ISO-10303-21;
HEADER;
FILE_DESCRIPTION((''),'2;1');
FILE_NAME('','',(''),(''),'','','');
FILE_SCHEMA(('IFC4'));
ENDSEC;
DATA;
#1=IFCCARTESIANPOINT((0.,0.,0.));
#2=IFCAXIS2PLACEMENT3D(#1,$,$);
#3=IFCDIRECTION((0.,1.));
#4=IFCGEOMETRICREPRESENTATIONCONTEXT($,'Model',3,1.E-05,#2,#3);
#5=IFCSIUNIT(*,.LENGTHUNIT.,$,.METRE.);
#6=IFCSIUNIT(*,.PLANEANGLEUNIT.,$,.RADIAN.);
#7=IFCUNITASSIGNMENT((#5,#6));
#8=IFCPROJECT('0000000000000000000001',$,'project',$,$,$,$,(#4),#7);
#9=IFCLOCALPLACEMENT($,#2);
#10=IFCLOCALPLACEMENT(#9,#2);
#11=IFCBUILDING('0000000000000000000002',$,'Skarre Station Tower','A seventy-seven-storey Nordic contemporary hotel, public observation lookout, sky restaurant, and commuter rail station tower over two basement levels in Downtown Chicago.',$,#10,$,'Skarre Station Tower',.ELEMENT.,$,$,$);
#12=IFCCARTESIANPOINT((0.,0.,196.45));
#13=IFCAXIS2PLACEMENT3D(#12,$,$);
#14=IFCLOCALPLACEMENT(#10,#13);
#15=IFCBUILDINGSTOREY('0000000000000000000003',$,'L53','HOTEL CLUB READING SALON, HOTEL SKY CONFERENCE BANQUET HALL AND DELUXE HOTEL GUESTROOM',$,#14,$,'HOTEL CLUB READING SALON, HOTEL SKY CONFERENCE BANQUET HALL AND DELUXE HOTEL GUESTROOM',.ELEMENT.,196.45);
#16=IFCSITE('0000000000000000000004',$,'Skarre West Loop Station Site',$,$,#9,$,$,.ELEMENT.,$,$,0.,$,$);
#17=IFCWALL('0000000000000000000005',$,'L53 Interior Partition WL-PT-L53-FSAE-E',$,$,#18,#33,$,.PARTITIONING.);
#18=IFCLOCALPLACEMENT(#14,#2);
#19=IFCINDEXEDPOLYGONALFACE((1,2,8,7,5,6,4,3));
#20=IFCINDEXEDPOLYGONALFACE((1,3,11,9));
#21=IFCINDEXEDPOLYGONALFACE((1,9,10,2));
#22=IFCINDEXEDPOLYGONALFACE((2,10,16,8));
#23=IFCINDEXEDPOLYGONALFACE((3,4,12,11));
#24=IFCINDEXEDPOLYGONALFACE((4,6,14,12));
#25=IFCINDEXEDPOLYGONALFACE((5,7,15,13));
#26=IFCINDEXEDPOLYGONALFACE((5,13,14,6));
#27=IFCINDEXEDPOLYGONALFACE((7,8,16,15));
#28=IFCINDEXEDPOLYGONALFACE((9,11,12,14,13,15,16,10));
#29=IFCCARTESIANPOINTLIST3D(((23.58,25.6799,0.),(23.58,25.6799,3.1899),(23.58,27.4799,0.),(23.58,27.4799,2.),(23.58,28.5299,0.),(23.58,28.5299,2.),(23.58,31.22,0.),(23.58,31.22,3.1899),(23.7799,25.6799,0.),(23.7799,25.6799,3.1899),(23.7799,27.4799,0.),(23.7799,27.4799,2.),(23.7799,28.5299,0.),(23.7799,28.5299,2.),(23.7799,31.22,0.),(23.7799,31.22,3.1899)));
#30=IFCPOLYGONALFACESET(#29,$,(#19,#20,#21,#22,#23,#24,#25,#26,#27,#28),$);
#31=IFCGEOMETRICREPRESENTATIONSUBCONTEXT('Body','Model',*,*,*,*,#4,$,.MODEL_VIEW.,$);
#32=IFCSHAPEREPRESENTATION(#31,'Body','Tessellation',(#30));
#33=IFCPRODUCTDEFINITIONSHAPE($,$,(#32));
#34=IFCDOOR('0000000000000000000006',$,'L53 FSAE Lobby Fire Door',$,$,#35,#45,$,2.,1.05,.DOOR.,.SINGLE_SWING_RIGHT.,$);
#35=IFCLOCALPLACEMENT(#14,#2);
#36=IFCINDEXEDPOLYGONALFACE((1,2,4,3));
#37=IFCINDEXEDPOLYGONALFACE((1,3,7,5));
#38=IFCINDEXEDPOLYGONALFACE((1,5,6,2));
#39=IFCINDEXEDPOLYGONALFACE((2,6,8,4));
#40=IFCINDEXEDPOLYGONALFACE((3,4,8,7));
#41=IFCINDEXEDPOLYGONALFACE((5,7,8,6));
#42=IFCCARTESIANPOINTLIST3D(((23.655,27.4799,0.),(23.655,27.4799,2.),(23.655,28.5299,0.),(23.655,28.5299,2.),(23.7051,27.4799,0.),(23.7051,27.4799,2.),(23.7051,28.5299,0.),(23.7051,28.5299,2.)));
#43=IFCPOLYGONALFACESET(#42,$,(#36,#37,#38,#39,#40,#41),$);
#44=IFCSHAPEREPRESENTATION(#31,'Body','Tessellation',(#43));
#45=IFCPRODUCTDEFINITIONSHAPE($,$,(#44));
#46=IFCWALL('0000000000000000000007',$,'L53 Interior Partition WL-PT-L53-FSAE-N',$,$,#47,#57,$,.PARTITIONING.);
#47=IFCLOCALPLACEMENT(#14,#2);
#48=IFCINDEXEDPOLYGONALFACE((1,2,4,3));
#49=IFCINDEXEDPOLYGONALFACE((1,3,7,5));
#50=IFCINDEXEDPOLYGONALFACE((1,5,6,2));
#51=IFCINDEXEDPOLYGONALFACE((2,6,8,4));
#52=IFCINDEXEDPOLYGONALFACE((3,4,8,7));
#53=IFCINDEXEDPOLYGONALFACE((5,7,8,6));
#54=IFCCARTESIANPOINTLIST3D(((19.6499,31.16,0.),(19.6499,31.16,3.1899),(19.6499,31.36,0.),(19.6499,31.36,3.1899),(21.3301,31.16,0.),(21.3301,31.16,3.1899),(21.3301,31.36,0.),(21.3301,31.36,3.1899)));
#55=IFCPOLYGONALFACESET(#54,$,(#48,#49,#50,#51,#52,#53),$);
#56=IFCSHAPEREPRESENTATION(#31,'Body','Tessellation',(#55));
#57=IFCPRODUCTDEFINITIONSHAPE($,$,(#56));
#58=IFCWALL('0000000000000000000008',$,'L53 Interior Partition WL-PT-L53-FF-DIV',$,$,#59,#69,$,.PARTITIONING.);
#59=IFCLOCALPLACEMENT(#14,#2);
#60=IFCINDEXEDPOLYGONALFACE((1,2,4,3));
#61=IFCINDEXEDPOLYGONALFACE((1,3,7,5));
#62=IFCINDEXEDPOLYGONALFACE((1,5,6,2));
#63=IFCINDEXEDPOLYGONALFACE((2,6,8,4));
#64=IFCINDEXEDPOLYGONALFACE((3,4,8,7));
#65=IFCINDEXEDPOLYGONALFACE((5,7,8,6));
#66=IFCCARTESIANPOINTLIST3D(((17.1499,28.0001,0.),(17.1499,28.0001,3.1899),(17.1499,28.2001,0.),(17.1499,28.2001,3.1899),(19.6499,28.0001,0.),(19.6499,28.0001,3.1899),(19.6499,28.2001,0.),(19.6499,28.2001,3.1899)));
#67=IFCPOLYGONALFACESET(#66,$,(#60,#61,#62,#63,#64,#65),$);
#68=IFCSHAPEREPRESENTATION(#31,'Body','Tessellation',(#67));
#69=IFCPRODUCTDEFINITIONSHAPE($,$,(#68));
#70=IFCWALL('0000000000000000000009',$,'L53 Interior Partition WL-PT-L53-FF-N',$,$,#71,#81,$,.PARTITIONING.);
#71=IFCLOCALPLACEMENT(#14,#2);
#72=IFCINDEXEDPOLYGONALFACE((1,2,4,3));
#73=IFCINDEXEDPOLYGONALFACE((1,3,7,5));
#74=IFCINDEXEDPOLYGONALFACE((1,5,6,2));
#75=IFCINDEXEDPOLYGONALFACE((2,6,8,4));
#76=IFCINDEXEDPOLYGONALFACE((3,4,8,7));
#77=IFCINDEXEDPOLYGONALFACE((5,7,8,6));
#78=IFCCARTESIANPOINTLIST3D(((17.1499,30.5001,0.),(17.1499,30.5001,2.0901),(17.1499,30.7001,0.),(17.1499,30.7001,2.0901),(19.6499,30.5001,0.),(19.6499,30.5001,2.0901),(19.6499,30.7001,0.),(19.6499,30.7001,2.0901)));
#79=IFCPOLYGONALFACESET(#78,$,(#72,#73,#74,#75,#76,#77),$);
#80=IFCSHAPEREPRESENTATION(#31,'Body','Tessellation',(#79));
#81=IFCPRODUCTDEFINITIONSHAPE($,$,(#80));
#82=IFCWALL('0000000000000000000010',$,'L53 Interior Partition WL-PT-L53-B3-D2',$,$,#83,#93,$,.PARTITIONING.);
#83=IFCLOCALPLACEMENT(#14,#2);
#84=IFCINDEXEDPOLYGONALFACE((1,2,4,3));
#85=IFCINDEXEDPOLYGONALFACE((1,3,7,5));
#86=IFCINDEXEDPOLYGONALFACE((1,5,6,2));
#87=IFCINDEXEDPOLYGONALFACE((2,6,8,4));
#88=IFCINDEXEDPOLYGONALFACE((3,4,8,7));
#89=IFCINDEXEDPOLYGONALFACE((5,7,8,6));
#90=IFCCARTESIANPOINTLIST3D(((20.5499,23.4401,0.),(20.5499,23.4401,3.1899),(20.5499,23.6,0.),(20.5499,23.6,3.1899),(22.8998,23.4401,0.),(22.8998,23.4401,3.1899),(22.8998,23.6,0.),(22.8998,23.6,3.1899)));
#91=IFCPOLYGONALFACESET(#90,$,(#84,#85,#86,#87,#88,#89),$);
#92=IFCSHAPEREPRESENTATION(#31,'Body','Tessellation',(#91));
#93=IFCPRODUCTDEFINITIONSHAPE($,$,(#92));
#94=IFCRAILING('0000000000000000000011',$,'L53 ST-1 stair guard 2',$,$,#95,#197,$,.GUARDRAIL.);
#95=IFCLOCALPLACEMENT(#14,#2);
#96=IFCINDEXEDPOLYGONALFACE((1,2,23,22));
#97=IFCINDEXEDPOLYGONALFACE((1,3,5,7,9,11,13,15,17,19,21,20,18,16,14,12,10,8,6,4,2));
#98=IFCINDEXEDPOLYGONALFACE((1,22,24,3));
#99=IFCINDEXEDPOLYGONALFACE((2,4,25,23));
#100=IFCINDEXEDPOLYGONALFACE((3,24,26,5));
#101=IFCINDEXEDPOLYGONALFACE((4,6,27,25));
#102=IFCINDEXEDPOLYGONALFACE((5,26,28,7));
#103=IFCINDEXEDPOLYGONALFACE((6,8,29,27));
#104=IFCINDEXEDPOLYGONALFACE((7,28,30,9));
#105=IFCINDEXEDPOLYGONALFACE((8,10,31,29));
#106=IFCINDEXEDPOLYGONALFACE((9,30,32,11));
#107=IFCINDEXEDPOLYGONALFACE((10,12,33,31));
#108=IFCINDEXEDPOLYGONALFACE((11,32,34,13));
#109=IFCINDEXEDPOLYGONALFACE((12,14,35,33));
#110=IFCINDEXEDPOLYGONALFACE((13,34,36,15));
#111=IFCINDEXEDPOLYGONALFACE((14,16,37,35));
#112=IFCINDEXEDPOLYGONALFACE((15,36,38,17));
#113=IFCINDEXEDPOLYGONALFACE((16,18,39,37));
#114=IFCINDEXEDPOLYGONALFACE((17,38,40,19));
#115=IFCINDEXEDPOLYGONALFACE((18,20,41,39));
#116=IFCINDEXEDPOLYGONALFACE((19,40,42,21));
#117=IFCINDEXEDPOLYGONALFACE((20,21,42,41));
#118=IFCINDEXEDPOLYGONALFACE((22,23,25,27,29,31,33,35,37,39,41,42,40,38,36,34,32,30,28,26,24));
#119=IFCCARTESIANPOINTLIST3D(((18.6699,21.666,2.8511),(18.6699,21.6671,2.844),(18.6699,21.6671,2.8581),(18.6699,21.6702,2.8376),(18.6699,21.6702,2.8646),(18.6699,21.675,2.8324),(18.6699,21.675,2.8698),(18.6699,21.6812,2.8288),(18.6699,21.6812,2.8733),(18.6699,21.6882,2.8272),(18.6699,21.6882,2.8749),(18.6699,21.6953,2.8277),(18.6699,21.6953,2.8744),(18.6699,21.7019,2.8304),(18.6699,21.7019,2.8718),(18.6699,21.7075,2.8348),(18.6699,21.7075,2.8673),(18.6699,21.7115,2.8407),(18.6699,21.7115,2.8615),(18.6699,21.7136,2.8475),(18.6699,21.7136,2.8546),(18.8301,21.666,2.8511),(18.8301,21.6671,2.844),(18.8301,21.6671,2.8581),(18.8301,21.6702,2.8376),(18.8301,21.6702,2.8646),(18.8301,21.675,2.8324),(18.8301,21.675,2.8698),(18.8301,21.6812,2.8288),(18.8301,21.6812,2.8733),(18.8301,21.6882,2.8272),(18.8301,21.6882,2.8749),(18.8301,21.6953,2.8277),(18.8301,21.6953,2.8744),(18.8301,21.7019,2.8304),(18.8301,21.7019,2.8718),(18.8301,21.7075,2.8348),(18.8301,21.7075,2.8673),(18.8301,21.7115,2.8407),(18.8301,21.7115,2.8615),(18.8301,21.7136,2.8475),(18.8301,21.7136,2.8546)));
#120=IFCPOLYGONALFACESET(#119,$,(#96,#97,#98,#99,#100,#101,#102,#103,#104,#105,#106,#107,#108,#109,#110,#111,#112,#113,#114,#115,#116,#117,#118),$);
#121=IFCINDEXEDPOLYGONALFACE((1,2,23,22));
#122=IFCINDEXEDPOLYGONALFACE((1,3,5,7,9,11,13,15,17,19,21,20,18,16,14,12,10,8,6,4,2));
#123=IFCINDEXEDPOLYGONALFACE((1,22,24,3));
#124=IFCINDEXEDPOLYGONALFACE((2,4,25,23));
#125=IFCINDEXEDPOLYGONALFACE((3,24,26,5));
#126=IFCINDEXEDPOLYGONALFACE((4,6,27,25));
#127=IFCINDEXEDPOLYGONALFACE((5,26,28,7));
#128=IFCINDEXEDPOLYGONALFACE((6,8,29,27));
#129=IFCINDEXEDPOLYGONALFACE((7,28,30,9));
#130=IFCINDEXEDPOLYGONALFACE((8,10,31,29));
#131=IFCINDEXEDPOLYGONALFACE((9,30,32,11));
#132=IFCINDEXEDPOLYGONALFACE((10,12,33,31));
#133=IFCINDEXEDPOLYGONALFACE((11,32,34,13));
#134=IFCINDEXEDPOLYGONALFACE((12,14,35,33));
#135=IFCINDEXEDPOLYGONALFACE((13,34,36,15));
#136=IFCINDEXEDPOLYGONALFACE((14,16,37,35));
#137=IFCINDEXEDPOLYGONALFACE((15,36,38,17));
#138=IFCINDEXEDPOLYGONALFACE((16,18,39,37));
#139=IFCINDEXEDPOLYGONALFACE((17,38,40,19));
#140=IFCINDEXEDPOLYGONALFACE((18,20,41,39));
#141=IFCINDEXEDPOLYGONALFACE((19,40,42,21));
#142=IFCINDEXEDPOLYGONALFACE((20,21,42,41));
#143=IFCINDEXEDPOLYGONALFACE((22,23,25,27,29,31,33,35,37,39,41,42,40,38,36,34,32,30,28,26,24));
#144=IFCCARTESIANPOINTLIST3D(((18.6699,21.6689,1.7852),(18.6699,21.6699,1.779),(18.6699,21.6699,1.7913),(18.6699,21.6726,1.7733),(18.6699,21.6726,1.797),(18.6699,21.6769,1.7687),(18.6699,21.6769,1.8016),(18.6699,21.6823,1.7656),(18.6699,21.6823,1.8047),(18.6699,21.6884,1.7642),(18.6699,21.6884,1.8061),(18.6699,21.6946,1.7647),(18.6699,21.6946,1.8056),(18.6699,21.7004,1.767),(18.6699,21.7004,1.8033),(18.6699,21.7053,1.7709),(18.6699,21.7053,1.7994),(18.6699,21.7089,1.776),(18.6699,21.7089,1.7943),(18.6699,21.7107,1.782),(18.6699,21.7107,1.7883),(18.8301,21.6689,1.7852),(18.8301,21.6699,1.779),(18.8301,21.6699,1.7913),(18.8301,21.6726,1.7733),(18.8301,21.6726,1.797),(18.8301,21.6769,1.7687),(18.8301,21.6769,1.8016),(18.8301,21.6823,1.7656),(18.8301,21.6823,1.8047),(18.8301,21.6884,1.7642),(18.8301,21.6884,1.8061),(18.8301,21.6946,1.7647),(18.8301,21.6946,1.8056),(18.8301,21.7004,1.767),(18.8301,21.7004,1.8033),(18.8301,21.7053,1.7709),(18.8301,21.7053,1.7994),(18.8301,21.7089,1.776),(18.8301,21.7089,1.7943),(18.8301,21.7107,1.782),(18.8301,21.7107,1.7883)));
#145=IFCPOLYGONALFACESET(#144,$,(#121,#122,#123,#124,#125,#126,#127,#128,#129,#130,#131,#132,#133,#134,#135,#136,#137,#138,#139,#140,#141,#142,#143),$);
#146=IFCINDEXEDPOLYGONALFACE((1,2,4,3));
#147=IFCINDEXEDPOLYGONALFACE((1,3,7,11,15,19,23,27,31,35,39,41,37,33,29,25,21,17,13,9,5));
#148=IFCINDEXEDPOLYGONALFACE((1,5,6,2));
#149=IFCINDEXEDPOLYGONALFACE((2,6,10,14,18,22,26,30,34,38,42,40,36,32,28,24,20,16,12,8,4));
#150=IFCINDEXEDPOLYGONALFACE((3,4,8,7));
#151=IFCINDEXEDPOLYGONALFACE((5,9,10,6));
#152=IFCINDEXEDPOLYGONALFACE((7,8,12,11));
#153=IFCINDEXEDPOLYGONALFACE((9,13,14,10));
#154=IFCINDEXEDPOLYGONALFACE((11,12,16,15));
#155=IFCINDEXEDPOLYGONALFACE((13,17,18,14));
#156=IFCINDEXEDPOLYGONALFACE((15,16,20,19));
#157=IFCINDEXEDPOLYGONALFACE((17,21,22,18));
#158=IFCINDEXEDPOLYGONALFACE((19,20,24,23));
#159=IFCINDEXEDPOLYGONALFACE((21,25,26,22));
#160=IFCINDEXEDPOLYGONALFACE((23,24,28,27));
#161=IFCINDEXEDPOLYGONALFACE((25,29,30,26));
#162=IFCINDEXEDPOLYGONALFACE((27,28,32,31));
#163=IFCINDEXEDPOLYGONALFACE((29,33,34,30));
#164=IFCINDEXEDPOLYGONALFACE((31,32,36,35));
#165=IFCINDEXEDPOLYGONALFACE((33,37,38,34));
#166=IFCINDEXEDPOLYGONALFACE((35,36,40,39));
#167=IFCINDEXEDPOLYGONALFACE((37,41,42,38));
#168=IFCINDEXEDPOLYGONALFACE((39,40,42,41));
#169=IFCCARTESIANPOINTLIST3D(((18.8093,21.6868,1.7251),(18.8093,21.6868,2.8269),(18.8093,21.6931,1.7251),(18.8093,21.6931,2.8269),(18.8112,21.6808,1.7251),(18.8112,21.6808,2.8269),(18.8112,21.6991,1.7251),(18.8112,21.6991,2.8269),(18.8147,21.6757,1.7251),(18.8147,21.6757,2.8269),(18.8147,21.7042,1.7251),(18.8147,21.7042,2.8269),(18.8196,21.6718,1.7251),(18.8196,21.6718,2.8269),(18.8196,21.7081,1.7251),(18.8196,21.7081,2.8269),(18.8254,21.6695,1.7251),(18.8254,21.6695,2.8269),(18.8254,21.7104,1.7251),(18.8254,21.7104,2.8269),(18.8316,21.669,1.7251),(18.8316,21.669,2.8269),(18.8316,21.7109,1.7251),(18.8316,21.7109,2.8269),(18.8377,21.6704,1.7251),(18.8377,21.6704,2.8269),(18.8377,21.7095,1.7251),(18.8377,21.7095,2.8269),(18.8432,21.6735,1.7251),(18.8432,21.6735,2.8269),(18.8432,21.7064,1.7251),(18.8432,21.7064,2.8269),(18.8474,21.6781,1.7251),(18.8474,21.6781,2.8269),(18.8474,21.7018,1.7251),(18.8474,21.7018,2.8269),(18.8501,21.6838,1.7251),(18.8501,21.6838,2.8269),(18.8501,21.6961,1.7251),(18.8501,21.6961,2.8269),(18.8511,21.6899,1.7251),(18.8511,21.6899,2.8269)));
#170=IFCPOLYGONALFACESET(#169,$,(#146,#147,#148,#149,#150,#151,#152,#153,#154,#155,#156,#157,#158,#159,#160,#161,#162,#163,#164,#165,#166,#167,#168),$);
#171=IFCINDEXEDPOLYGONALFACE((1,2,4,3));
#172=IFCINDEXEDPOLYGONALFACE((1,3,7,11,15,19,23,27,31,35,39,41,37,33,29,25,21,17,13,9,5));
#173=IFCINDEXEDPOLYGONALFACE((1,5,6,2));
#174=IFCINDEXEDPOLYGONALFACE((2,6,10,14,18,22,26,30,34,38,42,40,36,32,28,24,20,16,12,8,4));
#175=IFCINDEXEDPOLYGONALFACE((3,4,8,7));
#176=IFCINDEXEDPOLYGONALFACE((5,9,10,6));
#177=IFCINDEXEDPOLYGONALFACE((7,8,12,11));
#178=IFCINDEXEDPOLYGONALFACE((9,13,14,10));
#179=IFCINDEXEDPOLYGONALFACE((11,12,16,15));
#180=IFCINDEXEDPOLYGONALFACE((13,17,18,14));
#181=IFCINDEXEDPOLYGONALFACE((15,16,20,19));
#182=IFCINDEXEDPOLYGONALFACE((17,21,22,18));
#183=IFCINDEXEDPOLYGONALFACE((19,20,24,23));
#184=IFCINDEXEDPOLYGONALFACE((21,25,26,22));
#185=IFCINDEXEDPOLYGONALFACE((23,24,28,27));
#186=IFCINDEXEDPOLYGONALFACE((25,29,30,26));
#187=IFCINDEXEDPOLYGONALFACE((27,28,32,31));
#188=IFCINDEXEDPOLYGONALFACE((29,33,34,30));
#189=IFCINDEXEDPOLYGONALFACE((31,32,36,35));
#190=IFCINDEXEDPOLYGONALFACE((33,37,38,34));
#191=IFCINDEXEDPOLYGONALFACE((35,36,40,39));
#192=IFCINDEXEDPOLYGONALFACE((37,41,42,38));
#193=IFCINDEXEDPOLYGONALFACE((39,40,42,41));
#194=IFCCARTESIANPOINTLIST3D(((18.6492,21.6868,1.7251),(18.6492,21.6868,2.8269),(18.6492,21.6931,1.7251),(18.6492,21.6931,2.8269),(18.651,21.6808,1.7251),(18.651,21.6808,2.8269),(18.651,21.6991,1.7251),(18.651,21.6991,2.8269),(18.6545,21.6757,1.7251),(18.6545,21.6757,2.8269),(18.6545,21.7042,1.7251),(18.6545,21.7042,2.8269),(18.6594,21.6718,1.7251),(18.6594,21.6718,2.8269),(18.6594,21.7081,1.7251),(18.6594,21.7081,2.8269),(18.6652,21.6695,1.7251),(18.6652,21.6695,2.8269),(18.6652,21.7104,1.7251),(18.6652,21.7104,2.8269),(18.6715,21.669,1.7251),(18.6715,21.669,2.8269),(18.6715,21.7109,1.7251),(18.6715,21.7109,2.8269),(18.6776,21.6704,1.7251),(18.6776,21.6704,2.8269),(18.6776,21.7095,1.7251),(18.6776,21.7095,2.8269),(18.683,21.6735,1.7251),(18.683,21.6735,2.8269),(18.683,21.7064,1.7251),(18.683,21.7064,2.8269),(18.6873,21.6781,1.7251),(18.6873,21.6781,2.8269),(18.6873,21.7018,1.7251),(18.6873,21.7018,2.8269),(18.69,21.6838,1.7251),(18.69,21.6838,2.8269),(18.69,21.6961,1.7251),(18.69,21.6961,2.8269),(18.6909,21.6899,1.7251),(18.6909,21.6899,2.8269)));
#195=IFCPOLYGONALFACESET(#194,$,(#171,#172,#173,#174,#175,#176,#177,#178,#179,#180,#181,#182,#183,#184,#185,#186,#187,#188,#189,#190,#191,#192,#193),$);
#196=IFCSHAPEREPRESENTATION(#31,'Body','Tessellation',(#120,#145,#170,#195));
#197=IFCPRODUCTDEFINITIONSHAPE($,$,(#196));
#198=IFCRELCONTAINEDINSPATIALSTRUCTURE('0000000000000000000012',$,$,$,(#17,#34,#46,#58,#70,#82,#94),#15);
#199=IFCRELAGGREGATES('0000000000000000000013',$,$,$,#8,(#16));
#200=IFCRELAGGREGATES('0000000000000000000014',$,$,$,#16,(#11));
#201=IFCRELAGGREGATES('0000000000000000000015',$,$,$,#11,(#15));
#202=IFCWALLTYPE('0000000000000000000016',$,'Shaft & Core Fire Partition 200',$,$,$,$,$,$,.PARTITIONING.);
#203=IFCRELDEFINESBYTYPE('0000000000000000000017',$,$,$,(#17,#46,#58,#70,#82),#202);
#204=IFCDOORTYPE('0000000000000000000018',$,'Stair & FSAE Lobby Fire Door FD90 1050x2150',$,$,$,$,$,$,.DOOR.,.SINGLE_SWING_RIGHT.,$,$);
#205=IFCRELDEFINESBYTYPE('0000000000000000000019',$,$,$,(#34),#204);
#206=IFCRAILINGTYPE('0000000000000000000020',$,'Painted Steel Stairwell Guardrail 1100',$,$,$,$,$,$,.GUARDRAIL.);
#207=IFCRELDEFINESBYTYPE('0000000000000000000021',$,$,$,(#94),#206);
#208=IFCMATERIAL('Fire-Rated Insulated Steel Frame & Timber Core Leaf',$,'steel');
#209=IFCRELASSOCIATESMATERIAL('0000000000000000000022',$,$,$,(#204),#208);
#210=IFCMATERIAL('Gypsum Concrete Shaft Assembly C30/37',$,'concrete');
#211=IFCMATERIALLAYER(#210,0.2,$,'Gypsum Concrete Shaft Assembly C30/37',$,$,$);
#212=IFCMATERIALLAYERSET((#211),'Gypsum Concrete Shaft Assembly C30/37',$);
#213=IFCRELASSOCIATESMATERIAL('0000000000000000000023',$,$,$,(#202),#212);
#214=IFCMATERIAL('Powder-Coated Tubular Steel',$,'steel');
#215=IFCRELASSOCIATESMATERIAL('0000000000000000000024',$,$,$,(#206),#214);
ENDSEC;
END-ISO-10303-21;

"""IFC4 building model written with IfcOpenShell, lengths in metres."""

from ifc_helpers import new_model, si_unit, direction, frame, frame_2d, origin, origin_2d, place, context, subcontext, project, spatial, rectangle, circle, extrude, material, layer, layer_set, type_object, element, fill, save


model = new_model("IFC4")

# Units and contexts
model_context = context("Model", 3, precision=1e-05, world=origin(), true_north=direction((0.0, 1.0)))
body_context = subcontext(model_context, "Body", "Model", "MODEL_VIEW")
ifc_project = project(units=[si_unit("LENGTHUNIT", "METRE"), si_unit("PLANEANGLEUNIT", "RADIAN")], contexts=[model_context])

# Site, building, storey
site_placement = place(None, origin())
site = spatial("IfcSite", under=ifc_project, at=site_placement, Name="Skarre West Loop Station Site", CompositionType="ELEMENT", RefElevation=0.0)
building_placement = place(site_placement, origin())
building = spatial("IfcBuilding", under=site, at=building_placement, Name="Skarre Station Tower", Description="A seventy-seven-storey Nordic contemporary hotel, public observation lookout, sky restaurant, and commuter rail station tower over two basement levels in Downtown Chicago.", LongName="Skarre Station Tower", CompositionType="ELEMENT")
storey_placement = place(building_placement, frame((0.0, 0.0, 196.45)))
storey = spatial("IfcBuildingStorey", under=building, at=storey_placement, Name="L53", Description="HOTEL CLUB READING SALON, HOTEL SKY CONFERENCE BANQUET HALL AND DELUXE HOTEL GUESTROOM", LongName="HOTEL CLUB READING SALON, HOTEL SKY CONFERENCE BANQUET HALL AND DELUXE HOTEL GUESTROOM", CompositionType="ELEMENT", Elevation=196.45)

# Shared definitions
ifc_material_1 = material(Name="Fire-Rated Insulated Steel Frame & Timber Core Leaf", Category="steel")
door_type_1 = type_object("IfcDoorType", Name="Stair & FSAE Lobby Fire Door FD90 1050x2150", OperationType="SINGLE_SWING_RIGHT", PredefinedType="DOOR", material=ifc_material_1)

# Shared definitions
ifc_material_2 = material(Name="Gypsum Concrete Shaft Assembly C30/37", Category="concrete")
ifc_layer_1 = layer(ifc_material_2, 0.2, Name="Gypsum Concrete Shaft Assembly C30/37")
ifc_layer_set_1 = layer_set([ifc_layer_1], Name="Gypsum Concrete Shaft Assembly C30/37")
wall_type_1 = type_object("IfcWallType", Name="Shaft & Core Fire Partition 200", PredefinedType="PARTITIONING", material=ifc_layer_set_1)

# Wall, opening, door
wall_1_placement = place(storey_placement, frame((23.6799, 25.6799, 0.0), z_axis=(0.0, 0.0, 1.0), x_axis=(0.0, 1.0, 0.0)))
wall_1 = element("IfcWall", 1, at=wall_1_placement, inside=storey, type_object=wall_type_1, Name="L53 Interior Partition WL-PT-L53-FSAE-E", PredefinedType="PARTITIONING", context=body_context, shape_type="SweptSolid", body=[
    extrude(rectangle(XDim=5.54, YDim=0.2, at=frame_2d((2.77, 0.0))), origin(), (0.0, 0.0, 1.0), 3.1899),
])
opening_1_placement = place(wall_1_placement, frame((1.8, 0.0, 0.0)))
opening_1 = element("IfcOpeningElement", 2, at=opening_1_placement, cuts=wall_1, PredefinedType="OPENING", context=body_context, shape_type="SweptSolid", body=[
    extrude(rectangle(XDim=1.05, YDim=2.0, at=frame_2d((0.5249, 1.0))), frame((0.0, 0.1099, 0.0), z_axis=(0.0, -1.0, 0.0), x_axis=(1.0, 0.0, 0.0)), (0.0, 0.0, 1.0), 0.22),
])
door_1_placement = place(opening_1_placement, origin())
door_1 = element("IfcDoor", 3, at=door_1_placement, inside=storey, type_object=door_type_1, Name="L53 FSAE Lobby Fire Door", OperationType="SINGLE_SWING_RIGHT", OverallHeight=2.0, OverallWidth=1.05, PredefinedType="DOOR", context=body_context, shape_type="SweptSolid", body=[
    extrude(rectangle(XDim=1.05, YDim=2.0, at=frame_2d((0.5249, 1.0))), frame((0.0, 0.0249, 0.0), z_axis=(0.0, -1.0, 0.0), x_axis=(1.0, 0.0, 0.0)), (0.0, 0.0, 1.0), 0.05),
])
fill(opening_1, door_1)

# Walls
wall_2_placement = place(storey_placement, frame((21.3301, 31.26, 0.0), z_axis=(0.0, 0.0, 1.0), x_axis=(-1.0, 0.0, 0.0)))
element("IfcWall", 4, at=wall_2_placement, inside=storey, type_object=wall_type_1, Name="L53 Interior Partition WL-PT-L53-FSAE-N", PredefinedType="PARTITIONING", context=body_context, shape_type="SweptSolid", body=[
    extrude(rectangle(XDim=1.6802, YDim=0.2, at=frame_2d((0.8401, 0.0))), origin(), (0.0, 0.0, 1.0), 3.1899),
])
wall_3_placement = place(storey_placement, frame((17.1499, 28.1001, 0.0), z_axis=(0.0, 0.0, 1.0), x_axis=(1.0, 0.0, 0.0)))
element("IfcWall", 5, at=wall_3_placement, inside=storey, type_object=wall_type_1, Name="L53 Interior Partition WL-PT-L53-FF-DIV", PredefinedType="PARTITIONING", context=body_context, shape_type="SweptSolid", body=[
    extrude(rectangle(XDim=2.5, YDim=0.2, at=frame_2d((1.25, 0.0))), origin(), (0.0, 0.0, 1.0), 3.1899),
])
wall_4_placement = place(storey_placement, frame((19.6499, 30.6001, 0.0), z_axis=(0.0, 0.0, 1.0), x_axis=(-1.0, 0.0, 0.0)))
element("IfcWall", 6, at=wall_4_placement, inside=storey, type_object=wall_type_1, Name="L53 Interior Partition WL-PT-L53-FF-N", PredefinedType="PARTITIONING", context=body_context, shape_type="SweptSolid", body=[
    extrude(rectangle(XDim=2.5, YDim=0.2, at=frame_2d((1.25, 0.0))), origin(), (0.0, 0.0, 1.0), 2.0901),
])
wall_5_placement = place(storey_placement, frame((20.55, 23.52, 0.0), z_axis=(0.0, 0.0, 1.0), x_axis=(1.0, 0.0, 0.0)))
element("IfcWall", 7, at=wall_5_placement, inside=storey, type_object=wall_type_1, Name="L53 Interior Partition WL-PT-L53-B3-D2", PredefinedType="PARTITIONING", context=body_context, shape_type="SweptSolid", body=[
    extrude(rectangle(XDim=2.3499, YDim=0.1599, at=frame_2d((1.1748, 0.0))), origin(), (0.0, 0.0, 1.0), 3.1899),
])

# Railing
ifc_material_3 = material(Name="Powder-Coated Tubular Steel", Category="steel")
railing_type = type_object("IfcRailingType", Name="Painted Steel Stairwell Guardrail 1100", PredefinedType="GUARDRAIL", material=ifc_material_3)
railing_1_placement = place(storey_placement, frame((18.8301, 21.6899, 1.7251)))
element("IfcRailing", 8, at=railing_1_placement, inside=storey, type_object=railing_type, Name="L53 ST-1 stair guard 2", PredefinedType="GUARDRAIL", context=body_context, shape_type="SweptSolid", body=[
    extrude(circle(Radius=0.0239, at=origin_2d()), frame((0.0, 0.0, 1.126), z_axis=(-1.0, 0.0, 0.0), x_axis=(0.0, -1.0, 0.0)), (0.0, 0.0, 1.0), 0.1602),
    extrude(circle(Radius=0.021, at=origin_2d()), frame((0.0, 0.0, 0.0601), z_axis=(-1.0, 0.0, 0.0), x_axis=(0.0, -1.0, 0.0)), (0.0, 0.0, 1.0), 0.1602),
    extrude(circle(Radius=0.021, at=origin_2d()), origin(), (0.0, 0.0, 1.0), 1.1018),
    extrude(circle(Radius=0.021, at=origin_2d()), frame((-0.1602, 0.0, 0.0)), (0.0, 0.0, 1.0), 1.1018),
])

save(model, "model.ifc")
